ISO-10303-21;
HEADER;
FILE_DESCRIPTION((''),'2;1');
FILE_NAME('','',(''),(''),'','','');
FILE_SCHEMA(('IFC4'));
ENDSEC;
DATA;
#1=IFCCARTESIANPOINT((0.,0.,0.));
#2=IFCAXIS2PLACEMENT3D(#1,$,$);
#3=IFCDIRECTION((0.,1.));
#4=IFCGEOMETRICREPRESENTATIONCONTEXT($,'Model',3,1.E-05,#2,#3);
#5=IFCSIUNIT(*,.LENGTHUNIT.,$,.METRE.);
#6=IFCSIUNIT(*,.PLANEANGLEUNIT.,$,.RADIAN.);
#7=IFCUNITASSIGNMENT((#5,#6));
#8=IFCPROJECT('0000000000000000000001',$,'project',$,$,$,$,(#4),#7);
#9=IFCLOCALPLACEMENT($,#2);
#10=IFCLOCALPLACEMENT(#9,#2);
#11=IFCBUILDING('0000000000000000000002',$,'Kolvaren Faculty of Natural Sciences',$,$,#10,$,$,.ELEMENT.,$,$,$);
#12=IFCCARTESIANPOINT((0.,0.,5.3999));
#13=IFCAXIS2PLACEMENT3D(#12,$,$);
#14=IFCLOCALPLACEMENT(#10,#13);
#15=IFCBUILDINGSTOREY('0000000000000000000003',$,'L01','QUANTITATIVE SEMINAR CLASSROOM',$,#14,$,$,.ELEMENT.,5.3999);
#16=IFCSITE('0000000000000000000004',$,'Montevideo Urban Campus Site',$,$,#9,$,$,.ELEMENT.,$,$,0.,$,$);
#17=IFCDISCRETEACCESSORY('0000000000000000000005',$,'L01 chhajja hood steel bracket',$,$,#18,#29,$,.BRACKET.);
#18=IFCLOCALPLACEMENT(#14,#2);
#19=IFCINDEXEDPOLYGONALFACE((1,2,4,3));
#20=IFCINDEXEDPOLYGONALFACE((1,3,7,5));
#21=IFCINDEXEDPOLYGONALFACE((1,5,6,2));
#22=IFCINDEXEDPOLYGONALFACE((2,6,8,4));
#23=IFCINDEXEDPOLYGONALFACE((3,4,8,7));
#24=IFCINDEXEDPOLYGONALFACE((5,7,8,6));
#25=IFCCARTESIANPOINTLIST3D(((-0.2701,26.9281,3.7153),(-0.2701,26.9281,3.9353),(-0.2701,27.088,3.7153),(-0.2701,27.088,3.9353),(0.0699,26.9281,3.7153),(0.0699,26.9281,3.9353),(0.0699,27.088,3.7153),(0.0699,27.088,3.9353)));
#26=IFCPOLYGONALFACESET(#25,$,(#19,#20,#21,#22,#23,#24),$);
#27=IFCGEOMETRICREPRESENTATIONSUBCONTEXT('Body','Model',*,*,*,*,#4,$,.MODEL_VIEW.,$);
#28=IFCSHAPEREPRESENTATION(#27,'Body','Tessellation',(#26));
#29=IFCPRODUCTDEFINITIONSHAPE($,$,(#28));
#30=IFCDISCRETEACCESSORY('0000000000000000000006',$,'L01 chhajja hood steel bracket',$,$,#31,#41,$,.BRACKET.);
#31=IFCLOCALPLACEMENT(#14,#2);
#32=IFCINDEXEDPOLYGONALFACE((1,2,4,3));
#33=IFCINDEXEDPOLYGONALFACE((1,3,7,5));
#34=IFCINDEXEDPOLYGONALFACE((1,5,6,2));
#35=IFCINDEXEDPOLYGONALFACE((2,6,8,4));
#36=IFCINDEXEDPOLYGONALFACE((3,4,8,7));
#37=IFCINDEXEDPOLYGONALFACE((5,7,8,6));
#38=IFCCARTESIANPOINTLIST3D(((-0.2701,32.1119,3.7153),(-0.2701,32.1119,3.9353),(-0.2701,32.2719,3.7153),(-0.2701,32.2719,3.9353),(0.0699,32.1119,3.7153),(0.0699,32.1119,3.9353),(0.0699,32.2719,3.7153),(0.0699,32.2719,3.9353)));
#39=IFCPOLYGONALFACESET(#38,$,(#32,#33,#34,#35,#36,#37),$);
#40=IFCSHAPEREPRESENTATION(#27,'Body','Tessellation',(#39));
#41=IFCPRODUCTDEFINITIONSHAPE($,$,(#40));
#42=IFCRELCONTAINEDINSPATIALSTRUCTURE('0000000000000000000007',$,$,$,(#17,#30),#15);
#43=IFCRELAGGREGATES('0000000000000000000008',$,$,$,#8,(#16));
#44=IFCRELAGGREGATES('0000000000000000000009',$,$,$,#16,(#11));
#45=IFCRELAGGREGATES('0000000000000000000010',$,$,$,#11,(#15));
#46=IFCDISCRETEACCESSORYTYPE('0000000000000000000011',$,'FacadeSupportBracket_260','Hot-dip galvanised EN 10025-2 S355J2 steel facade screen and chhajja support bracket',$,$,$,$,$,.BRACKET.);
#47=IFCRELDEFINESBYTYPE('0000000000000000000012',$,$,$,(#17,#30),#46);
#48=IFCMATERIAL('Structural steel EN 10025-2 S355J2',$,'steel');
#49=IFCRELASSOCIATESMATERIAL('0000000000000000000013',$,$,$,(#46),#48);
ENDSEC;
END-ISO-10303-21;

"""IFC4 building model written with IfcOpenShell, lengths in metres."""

from ifc_helpers import new_model, si_unit, direction, frame, origin, origin_2d, place, context, subcontext, project, spatial, rectangle, extrude, material, type_object, element, save


model = new_model("IFC4")

# Units and contexts
model_context = context("Model", 3, precision=1e-05, world=origin(), true_north=direction((0.0, 1.0)))
body_context = subcontext(model_context, "Body", "Model", "MODEL_VIEW")
ifc_project = project(units=[si_unit("LENGTHUNIT", "METRE"), si_unit("PLANEANGLEUNIT", "RADIAN")], contexts=[model_context])

# Site, building, storey
site_placement = place(None, origin())
site = spatial("IfcSite", under=ifc_project, at=site_placement, Name="Montevideo Urban Campus Site", CompositionType="ELEMENT", RefElevation=0.0)
building_placement = place(site_placement, origin())
building = spatial("IfcBuilding", under=site, at=building_placement, Name="Kolvaren Faculty of Natural Sciences", CompositionType="ELEMENT")
storey_placement = place(building_placement, frame((0.0, 0.0, 5.3999)))
storey = spatial("IfcBuildingStorey", under=building, at=storey_placement, Name="L01", Description="QUANTITATIVE SEMINAR CLASSROOM", CompositionType="ELEMENT", Elevation=5.3999)

# Discrete accessories
ifc_material_1 = material(Name="Structural steel EN 10025-2 S355J2", Category="steel")
discrete_accessory_type = type_object("IfcDiscreteAccessoryType", Name="FacadeSupportBracket_260", Description="Hot-dip galvanised EN 10025-2 S355J2 steel facade screen and chhajja support bracket", PredefinedType="BRACKET", material=ifc_material_1)
for number, where, z_axis, x_axis, name in (
    (1, (-0.1001, 27.0081, 3.7153), (0.0, 0.0, 1.0), (0.0, 1.0, 0.0), "L01 chhajja hood steel bracket"),
    (2, (-0.1001, 32.1919, 3.7153), (0.0, 0.0, 1.0), (0.0, 1.0, 0.0), "L01 chhajja hood steel bracket"),
):
    element("IfcDiscreteAccessory", number, at=place(storey_placement, frame(where, z_axis=z_axis, x_axis=x_axis)), inside=storey, type_object=discrete_accessory_type, Name=name, PredefinedType="BRACKET", context=body_context, shape_type="SweptSolid", body=[
        extrude(rectangle(XDim=0.1599, YDim=0.3401, at=origin_2d()), origin(), (0.0, 0.0, 1.0), 0.22),
    ])

save(model, "model.ifc")
